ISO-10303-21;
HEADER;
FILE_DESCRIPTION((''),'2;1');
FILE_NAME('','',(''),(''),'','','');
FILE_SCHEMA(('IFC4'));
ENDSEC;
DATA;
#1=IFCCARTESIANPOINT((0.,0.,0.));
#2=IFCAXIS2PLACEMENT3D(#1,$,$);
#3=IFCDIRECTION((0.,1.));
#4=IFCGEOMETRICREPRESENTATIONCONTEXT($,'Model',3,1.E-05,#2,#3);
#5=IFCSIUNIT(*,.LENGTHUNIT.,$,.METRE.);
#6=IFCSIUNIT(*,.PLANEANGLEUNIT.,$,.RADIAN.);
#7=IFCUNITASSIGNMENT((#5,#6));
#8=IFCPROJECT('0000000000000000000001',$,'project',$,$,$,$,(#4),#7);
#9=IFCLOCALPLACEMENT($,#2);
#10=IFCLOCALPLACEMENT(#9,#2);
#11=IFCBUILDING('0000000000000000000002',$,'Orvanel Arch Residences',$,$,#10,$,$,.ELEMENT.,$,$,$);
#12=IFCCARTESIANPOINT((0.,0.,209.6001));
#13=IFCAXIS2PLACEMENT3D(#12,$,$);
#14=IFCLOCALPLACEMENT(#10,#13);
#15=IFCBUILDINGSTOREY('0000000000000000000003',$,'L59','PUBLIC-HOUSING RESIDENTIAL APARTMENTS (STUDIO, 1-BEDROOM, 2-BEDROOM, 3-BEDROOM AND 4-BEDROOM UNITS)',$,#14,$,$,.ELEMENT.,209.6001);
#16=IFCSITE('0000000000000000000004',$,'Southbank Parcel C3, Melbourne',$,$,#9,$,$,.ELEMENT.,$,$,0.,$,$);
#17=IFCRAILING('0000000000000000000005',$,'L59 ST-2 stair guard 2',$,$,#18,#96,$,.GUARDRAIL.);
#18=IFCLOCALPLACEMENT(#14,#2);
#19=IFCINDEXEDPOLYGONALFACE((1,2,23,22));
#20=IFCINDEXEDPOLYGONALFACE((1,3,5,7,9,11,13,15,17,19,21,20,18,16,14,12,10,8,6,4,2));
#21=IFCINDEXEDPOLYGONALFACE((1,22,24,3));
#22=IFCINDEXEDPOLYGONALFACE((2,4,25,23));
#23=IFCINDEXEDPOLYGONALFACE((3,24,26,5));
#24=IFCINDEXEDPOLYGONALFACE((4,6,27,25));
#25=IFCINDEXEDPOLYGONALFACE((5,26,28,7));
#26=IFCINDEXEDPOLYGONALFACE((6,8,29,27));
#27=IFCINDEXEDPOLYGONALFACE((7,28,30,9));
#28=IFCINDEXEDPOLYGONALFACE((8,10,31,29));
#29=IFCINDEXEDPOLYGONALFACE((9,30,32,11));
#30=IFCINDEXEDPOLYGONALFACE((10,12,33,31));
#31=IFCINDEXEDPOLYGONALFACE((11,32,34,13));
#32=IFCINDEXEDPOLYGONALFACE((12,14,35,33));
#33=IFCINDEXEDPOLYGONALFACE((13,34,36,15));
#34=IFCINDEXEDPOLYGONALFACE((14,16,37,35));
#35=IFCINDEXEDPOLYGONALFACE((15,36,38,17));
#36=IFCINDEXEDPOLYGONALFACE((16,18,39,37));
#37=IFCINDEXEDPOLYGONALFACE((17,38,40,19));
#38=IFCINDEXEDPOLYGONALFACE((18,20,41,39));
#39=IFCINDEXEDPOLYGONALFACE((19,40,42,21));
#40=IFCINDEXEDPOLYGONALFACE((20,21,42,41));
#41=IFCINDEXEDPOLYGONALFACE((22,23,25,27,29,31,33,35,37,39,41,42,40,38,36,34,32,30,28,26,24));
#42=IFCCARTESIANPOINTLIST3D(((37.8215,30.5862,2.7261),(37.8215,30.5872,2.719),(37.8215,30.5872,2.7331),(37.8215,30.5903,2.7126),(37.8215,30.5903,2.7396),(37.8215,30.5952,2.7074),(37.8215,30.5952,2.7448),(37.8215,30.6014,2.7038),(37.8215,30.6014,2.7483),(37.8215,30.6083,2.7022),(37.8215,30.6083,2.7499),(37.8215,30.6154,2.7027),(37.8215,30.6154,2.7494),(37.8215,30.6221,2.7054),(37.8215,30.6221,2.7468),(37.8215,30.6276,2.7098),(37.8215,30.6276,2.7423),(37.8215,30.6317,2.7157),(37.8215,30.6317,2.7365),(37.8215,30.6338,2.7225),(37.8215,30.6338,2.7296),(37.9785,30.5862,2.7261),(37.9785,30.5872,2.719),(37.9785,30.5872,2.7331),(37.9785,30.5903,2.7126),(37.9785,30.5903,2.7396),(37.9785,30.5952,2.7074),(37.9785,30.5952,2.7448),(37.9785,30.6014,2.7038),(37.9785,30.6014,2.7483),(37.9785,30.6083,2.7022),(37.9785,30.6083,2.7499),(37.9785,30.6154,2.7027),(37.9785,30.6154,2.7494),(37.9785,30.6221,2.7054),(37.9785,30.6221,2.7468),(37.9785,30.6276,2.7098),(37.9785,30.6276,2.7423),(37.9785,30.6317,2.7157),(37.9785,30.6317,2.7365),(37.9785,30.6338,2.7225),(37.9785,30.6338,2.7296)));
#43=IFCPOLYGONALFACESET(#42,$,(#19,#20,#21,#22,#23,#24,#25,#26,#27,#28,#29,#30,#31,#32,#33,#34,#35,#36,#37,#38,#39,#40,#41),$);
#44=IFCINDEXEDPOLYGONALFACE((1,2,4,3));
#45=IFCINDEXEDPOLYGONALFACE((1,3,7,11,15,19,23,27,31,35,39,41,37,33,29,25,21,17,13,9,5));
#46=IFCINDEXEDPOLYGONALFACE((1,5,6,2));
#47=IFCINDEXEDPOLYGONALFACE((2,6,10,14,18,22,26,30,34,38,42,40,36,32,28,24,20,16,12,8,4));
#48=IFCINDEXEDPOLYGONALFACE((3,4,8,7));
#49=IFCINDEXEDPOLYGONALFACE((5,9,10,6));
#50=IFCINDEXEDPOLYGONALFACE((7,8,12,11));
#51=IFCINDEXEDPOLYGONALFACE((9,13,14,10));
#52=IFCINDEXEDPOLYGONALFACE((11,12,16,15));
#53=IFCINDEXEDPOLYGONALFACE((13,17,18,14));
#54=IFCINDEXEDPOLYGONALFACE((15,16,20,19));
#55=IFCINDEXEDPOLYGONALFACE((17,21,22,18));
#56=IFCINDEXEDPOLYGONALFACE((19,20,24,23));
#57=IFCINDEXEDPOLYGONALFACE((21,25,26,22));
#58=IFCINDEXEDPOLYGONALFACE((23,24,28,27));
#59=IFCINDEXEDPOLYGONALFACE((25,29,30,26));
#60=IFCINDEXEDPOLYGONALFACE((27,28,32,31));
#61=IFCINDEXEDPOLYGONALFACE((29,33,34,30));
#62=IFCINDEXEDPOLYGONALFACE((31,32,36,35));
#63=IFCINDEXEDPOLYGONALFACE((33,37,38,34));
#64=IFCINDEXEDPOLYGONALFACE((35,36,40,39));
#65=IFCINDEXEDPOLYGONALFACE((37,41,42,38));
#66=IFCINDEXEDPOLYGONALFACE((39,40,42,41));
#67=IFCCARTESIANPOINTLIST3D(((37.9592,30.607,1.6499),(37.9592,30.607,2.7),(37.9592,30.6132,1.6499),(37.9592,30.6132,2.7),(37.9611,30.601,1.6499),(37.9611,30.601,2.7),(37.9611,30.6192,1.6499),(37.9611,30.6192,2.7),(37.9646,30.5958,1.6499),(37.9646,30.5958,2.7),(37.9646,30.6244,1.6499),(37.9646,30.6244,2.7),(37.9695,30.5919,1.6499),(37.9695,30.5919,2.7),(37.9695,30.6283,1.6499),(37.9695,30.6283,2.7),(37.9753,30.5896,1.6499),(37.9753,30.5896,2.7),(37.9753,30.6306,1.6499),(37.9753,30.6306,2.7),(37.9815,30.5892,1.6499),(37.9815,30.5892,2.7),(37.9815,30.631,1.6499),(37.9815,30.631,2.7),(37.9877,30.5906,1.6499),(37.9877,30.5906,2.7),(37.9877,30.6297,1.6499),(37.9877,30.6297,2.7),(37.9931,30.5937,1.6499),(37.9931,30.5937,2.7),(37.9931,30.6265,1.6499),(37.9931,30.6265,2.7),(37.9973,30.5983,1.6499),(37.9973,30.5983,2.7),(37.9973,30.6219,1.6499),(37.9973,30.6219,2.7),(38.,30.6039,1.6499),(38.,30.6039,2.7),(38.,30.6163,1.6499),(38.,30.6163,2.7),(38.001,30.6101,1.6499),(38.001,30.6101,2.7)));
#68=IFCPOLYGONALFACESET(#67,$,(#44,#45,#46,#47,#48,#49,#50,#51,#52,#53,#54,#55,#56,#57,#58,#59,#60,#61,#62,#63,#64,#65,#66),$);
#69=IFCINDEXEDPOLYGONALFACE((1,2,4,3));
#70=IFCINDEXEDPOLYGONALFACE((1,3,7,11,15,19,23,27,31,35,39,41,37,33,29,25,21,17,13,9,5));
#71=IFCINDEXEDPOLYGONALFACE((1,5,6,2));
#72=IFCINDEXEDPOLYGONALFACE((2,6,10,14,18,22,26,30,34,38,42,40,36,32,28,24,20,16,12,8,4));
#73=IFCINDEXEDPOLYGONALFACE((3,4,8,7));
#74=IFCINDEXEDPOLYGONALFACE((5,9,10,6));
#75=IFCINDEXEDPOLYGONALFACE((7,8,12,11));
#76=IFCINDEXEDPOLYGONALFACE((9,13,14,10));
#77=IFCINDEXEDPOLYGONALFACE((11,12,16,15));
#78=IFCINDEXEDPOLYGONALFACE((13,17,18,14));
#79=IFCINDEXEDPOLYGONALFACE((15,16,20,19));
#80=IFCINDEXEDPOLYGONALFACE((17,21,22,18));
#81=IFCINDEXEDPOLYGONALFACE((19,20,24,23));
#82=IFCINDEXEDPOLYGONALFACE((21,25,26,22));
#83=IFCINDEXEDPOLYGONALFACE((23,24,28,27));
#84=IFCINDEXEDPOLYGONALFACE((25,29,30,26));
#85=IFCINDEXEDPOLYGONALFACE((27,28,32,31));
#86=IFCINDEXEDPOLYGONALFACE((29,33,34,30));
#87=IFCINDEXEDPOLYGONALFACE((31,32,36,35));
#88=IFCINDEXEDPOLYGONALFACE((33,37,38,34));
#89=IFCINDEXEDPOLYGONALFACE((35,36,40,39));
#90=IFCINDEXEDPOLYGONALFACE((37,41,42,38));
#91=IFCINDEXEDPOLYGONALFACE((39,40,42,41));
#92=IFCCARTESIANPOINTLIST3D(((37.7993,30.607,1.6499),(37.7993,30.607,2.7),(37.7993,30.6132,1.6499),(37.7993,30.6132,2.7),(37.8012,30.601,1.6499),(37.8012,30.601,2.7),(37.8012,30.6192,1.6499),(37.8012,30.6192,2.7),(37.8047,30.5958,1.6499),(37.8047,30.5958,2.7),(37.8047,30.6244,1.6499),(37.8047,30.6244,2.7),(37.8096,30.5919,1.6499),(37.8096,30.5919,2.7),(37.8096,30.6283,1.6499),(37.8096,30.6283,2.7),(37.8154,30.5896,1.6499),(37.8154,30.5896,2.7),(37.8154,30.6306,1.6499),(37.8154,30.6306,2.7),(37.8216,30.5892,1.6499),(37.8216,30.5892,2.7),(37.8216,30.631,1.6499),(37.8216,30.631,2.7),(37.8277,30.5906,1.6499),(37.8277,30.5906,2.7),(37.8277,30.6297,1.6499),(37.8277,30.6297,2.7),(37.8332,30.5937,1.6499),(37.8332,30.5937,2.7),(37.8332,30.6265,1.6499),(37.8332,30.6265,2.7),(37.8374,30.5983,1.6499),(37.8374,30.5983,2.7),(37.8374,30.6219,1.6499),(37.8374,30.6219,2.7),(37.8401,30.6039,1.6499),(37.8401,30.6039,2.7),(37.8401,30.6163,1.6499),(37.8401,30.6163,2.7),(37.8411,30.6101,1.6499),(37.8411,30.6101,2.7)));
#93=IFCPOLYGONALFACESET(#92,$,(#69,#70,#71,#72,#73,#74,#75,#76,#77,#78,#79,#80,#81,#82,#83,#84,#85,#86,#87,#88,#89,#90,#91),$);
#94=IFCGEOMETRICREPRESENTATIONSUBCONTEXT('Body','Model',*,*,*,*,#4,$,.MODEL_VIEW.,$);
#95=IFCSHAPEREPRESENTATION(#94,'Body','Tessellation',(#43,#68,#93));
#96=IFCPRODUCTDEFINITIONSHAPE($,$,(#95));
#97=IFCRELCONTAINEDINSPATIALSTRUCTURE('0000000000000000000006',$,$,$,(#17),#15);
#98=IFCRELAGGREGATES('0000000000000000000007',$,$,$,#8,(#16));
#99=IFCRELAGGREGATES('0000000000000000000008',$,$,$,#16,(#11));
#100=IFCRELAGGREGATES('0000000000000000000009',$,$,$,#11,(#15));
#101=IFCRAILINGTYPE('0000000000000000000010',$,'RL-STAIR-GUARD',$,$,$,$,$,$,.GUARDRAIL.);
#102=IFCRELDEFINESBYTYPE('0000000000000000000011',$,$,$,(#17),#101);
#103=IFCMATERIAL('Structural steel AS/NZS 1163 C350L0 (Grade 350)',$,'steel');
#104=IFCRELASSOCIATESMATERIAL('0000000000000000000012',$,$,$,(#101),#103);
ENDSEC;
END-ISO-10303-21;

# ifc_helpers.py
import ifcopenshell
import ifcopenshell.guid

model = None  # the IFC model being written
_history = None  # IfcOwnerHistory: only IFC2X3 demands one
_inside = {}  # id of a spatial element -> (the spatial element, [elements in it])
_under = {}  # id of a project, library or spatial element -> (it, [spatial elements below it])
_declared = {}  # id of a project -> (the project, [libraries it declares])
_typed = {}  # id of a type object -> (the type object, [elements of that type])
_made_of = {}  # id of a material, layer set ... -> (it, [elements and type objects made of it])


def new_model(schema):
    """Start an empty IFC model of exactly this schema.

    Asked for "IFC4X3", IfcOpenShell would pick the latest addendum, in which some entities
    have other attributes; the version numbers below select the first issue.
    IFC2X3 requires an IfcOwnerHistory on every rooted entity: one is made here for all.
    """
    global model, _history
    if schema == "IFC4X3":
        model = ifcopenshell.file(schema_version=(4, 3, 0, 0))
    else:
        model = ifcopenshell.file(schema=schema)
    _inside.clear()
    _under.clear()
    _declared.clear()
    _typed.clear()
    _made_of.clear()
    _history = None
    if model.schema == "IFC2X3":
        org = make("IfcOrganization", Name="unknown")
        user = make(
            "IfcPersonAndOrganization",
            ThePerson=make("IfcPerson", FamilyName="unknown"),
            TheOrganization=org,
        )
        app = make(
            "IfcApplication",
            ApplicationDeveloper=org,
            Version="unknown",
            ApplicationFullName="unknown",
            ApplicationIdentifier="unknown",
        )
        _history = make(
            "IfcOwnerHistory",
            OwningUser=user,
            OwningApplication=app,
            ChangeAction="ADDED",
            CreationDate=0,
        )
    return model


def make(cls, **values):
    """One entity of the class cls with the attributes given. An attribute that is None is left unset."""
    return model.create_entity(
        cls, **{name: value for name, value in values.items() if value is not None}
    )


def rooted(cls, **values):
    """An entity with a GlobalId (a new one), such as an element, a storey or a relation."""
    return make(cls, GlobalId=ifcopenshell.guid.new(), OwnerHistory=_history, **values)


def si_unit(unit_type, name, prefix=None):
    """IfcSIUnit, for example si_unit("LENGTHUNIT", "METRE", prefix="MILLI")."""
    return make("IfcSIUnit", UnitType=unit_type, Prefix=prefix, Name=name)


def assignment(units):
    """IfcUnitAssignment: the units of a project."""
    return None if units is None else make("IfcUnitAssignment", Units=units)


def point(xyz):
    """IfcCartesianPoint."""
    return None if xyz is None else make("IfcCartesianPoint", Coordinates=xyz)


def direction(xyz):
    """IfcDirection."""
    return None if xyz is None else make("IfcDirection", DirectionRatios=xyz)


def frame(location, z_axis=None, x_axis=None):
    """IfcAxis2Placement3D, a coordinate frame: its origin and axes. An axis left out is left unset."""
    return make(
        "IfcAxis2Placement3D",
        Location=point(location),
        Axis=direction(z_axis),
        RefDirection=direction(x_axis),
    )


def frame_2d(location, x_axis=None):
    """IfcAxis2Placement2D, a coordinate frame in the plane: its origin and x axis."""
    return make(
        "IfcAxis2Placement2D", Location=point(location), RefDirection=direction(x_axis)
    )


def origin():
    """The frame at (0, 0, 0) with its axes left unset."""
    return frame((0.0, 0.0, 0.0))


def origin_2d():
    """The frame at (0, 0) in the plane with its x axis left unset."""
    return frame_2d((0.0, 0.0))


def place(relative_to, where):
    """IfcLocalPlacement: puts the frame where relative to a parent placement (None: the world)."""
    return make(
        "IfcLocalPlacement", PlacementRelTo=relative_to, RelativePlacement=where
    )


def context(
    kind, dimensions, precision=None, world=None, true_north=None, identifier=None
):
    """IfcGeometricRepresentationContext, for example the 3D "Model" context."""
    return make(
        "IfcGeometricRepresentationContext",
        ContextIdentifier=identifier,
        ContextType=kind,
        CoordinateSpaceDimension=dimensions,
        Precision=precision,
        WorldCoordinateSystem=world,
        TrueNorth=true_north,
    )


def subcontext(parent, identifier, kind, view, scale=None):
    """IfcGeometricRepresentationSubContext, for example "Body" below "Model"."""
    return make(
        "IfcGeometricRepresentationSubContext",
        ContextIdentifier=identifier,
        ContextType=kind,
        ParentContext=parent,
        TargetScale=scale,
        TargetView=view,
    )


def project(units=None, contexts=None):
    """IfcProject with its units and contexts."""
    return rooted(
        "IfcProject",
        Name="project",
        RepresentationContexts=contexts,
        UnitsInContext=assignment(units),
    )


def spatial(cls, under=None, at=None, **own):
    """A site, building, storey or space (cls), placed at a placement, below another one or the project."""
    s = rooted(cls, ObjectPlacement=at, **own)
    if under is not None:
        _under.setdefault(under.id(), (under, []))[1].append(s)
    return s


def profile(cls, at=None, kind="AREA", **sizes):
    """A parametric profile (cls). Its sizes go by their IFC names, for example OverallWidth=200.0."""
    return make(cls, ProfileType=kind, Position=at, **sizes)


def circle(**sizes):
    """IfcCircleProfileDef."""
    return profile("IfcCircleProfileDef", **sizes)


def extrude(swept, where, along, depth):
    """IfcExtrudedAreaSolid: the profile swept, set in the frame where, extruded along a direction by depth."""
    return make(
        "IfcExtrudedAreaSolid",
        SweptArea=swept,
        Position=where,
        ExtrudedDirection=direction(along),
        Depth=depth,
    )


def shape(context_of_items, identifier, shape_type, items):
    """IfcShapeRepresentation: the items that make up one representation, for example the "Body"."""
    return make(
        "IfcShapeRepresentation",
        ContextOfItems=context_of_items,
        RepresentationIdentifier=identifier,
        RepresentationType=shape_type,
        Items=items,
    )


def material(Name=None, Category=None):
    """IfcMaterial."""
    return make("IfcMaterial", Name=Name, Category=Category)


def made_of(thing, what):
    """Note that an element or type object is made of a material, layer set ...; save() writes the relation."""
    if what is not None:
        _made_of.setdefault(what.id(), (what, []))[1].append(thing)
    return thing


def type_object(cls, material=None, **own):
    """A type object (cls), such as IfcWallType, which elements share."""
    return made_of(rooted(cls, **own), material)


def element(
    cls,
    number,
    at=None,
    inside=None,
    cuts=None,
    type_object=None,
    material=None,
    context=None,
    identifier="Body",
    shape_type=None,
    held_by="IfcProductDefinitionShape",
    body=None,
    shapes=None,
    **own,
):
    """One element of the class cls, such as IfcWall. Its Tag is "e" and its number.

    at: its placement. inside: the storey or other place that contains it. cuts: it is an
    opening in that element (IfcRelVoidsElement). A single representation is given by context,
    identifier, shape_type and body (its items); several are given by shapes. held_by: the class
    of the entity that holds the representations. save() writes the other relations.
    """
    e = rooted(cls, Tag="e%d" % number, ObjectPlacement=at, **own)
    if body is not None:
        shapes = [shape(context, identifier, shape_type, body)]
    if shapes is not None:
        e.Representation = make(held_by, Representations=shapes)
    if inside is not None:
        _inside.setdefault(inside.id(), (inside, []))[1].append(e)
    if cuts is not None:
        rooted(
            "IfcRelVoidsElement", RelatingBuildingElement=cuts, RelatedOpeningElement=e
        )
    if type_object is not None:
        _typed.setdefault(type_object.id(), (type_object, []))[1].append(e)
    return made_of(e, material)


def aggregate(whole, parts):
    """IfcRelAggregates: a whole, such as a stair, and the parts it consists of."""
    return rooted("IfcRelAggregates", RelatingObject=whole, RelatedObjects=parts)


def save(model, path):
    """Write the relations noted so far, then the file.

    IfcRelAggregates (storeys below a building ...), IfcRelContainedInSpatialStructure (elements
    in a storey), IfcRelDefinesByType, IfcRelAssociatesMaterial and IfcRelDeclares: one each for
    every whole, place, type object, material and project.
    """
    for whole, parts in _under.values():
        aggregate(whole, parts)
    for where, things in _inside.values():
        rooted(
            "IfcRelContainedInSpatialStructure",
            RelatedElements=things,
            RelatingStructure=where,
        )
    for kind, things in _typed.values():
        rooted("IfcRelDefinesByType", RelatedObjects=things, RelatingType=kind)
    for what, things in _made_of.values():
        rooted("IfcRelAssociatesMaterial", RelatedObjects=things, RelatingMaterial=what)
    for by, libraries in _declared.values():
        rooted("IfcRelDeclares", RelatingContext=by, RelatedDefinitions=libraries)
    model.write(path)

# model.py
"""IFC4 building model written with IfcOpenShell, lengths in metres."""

from ifc_helpers import new_model, si_unit, direction, frame, origin, origin_2d, place, context, subcontext, project, spatial, circle, extrude, material, type_object, element, save


model = new_model("IFC4")

# Units and contexts
model_context = context("Model", 3, precision=1e-05, world=origin(), true_north=direction((0.0, 1.0)))
body_context = subcontext(model_context, "Body", "Model", "MODEL_VIEW")
ifc_project = project(units=[si_unit("LENGTHUNIT", "METRE"), si_unit("PLANEANGLEUNIT", "RADIAN")], contexts=[model_context])

# Site, building, storey
site_placement = place(None, origin())
site = spatial("IfcSite", under=ifc_project, at=site_placement, Name="Southbank Parcel C3, Melbourne", CompositionType="ELEMENT", RefElevation=0.0)
building_placement = place(site_placement, origin())
building = spatial("IfcBuilding", under=site, at=building_placement, Name="Orvanel Arch Residences", CompositionType="ELEMENT")
storey_placement = place(building_placement, frame((0.0, 0.0, 209.6001)))
storey = spatial("IfcBuildingStorey", under=building, at=storey_placement, Name="L59", Description="PUBLIC-HOUSING RESIDENTIAL APARTMENTS (STUDIO, 1-BEDROOM, 2-BEDROOM, 3-BEDROOM AND 4-BEDROOM UNITS)", CompositionType="ELEMENT", Elevation=209.6001)

# Railing
ifc_material_1 = material(Name="Structural steel AS/NZS 1163 C350L0 (Grade 350)", Category="steel")
railing_type_1 = type_object("IfcRailingType", Name="RL-STAIR-GUARD", PredefinedType="GUARDRAIL", material=ifc_material_1)
railing_1_placement = place(storey_placement, frame((37.98, 30.6101, 1.6499)))
element("IfcRailing", 1, at=railing_1_placement, inside=storey, type_object=railing_type_1, Name="L59 ST-2 stair guard 2", PredefinedType="GUARDRAIL", context=body_context, shape_type="SweptSolid", body=[
    extrude(circle(Radius=0.0239, at=origin_2d()), frame((-0.0015, 0.0, 1.0762), z_axis=(-1.0, 0.0, 0.0), x_axis=(0.0, -1.0, 0.0)), (0.0, 0.0, 1.0), 0.157),
    extrude(circle(Radius=0.021, at=origin_2d()), origin(), (0.0, 0.0, 1.0), 1.05),
    extrude(circle(Radius=0.021, at=origin_2d()), frame((-0.1599, 0.0, 0.0)), (0.0, 0.0, 1.0), 1.05),
])

save(model, "model.ifc")
